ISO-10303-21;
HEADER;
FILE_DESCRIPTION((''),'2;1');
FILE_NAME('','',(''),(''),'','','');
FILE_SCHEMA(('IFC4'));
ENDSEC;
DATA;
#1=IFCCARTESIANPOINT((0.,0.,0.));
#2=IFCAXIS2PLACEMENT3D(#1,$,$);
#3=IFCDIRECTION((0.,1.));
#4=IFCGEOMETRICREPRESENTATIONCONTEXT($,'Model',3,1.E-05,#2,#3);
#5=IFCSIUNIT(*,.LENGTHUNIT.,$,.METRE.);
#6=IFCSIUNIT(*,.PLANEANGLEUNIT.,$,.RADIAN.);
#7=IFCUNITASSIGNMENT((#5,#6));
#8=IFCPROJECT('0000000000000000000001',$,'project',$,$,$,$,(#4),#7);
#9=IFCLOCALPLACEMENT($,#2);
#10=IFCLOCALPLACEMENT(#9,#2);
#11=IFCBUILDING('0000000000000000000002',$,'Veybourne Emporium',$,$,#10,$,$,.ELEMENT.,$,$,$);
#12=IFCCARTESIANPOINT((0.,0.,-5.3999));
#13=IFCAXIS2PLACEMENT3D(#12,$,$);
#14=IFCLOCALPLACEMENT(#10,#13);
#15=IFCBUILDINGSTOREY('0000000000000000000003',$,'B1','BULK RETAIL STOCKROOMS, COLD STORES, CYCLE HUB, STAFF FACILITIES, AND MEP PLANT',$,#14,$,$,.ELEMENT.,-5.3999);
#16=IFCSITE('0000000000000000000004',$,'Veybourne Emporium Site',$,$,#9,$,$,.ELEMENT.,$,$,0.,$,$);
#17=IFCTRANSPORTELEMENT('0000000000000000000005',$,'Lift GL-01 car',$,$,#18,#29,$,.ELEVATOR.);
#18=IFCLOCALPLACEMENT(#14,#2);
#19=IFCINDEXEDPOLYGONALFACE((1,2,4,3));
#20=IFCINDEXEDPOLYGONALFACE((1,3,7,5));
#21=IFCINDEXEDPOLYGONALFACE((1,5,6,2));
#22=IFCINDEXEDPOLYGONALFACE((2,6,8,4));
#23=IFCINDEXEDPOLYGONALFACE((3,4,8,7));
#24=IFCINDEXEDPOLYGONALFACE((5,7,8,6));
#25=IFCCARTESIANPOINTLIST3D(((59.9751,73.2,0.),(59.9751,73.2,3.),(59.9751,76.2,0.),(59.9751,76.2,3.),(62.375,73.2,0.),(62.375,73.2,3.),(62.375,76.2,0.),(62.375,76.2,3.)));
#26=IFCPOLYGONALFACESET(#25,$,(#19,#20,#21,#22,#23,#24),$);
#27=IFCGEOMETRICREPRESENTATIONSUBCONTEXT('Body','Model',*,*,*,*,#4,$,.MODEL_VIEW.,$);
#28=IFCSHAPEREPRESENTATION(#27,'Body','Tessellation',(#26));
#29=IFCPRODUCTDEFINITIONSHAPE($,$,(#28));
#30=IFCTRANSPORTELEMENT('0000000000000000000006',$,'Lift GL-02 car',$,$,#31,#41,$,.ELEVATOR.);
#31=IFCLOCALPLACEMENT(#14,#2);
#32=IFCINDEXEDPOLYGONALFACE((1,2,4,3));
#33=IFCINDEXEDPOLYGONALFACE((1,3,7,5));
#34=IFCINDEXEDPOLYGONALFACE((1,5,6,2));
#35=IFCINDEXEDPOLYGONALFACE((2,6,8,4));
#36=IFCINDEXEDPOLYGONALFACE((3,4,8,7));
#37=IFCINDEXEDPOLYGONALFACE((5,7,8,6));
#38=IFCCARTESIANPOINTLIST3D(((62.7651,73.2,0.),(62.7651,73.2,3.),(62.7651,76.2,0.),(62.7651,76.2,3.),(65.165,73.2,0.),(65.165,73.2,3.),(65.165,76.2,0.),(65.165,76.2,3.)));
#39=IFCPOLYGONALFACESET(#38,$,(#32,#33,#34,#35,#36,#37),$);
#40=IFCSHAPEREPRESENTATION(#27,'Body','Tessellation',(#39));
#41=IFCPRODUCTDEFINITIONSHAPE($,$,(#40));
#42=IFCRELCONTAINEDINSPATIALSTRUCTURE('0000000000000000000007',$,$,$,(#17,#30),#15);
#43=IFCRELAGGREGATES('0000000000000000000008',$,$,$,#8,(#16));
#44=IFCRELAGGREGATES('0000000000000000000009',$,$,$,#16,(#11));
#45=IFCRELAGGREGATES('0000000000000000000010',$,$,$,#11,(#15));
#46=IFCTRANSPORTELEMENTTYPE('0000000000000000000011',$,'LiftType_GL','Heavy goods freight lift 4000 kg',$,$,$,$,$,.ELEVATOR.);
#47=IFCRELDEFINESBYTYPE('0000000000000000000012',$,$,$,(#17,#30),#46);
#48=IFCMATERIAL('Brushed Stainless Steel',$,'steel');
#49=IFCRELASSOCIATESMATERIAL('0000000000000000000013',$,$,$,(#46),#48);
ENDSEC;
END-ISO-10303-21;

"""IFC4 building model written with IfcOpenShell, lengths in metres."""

from ifc_helpers import new_model, si_unit, direction, frame, origin, origin_2d, place, context, subcontext, project, spatial, rectangle, extrude, material, type_object, element, save


model = new_model("IFC4")

# Units and contexts
model_context = context("Model", 3, precision=1e-05, world=origin(), true_north=direction((0.0, 1.0)))
body_context = subcontext(model_context, "Body", "Model", "MODEL_VIEW")
ifc_project = project(units=[si_unit("LENGTHUNIT", "METRE"), si_unit("PLANEANGLEUNIT", "RADIAN")], contexts=[model_context])

# Site, building, storey
site_placement = place(None, origin())
site = spatial("IfcSite", under=ifc_project, at=site_placement, Name="Veybourne Emporium Site", CompositionType="ELEMENT", RefElevation=0.0)
building_placement = place(site_placement, origin())
building = spatial("IfcBuilding", under=site, at=building_placement, Name="Veybourne Emporium", CompositionType="ELEMENT")
storey_placement = place(building_placement, frame((0.0, 0.0, -5.3999)))
storey = spatial("IfcBuildingStorey", under=building, at=storey_placement, Name="B1", Description="BULK RETAIL STOCKROOMS, COLD STORES, CYCLE HUB, STAFF FACILITIES, AND MEP PLANT", CompositionType="ELEMENT", Elevation=-5.3999)

# Transport elements
ifc_material_1 = material(Name="Brushed Stainless Steel", Category="steel")
transport_element_type = type_object("IfcTransportElementType", Name="LiftType_GL", Description="Heavy goods freight lift 4000 kg", PredefinedType="ELEVATOR", material=ifc_material_1)
for number, where, z_axis, x_axis, name in (
    (1, (61.175, 74.7, 0.0), (0.0, 0.0, 1.0), (1.0, 0.0, 0.0), "Lift GL-01 car"),
    (2, (63.9651, 74.7, 0.0), (0.0, 0.0, 1.0), (1.0, 0.0, 0.0), "Lift GL-02 car"),
):
    element("IfcTransportElement", number, at=place(storey_placement, frame(where, z_axis=z_axis, x_axis=x_axis)), inside=storey, type_object=transport_element_type, Name=name, PredefinedType="ELEVATOR", context=body_context, shape_type="SweptSolid", body=[
        extrude(rectangle(XDim=2.3999, YDim=3.0, at=origin_2d()), origin(), (0.0, 0.0, 1.0), 3.0),
    ])

save(model, "model.ifc")
